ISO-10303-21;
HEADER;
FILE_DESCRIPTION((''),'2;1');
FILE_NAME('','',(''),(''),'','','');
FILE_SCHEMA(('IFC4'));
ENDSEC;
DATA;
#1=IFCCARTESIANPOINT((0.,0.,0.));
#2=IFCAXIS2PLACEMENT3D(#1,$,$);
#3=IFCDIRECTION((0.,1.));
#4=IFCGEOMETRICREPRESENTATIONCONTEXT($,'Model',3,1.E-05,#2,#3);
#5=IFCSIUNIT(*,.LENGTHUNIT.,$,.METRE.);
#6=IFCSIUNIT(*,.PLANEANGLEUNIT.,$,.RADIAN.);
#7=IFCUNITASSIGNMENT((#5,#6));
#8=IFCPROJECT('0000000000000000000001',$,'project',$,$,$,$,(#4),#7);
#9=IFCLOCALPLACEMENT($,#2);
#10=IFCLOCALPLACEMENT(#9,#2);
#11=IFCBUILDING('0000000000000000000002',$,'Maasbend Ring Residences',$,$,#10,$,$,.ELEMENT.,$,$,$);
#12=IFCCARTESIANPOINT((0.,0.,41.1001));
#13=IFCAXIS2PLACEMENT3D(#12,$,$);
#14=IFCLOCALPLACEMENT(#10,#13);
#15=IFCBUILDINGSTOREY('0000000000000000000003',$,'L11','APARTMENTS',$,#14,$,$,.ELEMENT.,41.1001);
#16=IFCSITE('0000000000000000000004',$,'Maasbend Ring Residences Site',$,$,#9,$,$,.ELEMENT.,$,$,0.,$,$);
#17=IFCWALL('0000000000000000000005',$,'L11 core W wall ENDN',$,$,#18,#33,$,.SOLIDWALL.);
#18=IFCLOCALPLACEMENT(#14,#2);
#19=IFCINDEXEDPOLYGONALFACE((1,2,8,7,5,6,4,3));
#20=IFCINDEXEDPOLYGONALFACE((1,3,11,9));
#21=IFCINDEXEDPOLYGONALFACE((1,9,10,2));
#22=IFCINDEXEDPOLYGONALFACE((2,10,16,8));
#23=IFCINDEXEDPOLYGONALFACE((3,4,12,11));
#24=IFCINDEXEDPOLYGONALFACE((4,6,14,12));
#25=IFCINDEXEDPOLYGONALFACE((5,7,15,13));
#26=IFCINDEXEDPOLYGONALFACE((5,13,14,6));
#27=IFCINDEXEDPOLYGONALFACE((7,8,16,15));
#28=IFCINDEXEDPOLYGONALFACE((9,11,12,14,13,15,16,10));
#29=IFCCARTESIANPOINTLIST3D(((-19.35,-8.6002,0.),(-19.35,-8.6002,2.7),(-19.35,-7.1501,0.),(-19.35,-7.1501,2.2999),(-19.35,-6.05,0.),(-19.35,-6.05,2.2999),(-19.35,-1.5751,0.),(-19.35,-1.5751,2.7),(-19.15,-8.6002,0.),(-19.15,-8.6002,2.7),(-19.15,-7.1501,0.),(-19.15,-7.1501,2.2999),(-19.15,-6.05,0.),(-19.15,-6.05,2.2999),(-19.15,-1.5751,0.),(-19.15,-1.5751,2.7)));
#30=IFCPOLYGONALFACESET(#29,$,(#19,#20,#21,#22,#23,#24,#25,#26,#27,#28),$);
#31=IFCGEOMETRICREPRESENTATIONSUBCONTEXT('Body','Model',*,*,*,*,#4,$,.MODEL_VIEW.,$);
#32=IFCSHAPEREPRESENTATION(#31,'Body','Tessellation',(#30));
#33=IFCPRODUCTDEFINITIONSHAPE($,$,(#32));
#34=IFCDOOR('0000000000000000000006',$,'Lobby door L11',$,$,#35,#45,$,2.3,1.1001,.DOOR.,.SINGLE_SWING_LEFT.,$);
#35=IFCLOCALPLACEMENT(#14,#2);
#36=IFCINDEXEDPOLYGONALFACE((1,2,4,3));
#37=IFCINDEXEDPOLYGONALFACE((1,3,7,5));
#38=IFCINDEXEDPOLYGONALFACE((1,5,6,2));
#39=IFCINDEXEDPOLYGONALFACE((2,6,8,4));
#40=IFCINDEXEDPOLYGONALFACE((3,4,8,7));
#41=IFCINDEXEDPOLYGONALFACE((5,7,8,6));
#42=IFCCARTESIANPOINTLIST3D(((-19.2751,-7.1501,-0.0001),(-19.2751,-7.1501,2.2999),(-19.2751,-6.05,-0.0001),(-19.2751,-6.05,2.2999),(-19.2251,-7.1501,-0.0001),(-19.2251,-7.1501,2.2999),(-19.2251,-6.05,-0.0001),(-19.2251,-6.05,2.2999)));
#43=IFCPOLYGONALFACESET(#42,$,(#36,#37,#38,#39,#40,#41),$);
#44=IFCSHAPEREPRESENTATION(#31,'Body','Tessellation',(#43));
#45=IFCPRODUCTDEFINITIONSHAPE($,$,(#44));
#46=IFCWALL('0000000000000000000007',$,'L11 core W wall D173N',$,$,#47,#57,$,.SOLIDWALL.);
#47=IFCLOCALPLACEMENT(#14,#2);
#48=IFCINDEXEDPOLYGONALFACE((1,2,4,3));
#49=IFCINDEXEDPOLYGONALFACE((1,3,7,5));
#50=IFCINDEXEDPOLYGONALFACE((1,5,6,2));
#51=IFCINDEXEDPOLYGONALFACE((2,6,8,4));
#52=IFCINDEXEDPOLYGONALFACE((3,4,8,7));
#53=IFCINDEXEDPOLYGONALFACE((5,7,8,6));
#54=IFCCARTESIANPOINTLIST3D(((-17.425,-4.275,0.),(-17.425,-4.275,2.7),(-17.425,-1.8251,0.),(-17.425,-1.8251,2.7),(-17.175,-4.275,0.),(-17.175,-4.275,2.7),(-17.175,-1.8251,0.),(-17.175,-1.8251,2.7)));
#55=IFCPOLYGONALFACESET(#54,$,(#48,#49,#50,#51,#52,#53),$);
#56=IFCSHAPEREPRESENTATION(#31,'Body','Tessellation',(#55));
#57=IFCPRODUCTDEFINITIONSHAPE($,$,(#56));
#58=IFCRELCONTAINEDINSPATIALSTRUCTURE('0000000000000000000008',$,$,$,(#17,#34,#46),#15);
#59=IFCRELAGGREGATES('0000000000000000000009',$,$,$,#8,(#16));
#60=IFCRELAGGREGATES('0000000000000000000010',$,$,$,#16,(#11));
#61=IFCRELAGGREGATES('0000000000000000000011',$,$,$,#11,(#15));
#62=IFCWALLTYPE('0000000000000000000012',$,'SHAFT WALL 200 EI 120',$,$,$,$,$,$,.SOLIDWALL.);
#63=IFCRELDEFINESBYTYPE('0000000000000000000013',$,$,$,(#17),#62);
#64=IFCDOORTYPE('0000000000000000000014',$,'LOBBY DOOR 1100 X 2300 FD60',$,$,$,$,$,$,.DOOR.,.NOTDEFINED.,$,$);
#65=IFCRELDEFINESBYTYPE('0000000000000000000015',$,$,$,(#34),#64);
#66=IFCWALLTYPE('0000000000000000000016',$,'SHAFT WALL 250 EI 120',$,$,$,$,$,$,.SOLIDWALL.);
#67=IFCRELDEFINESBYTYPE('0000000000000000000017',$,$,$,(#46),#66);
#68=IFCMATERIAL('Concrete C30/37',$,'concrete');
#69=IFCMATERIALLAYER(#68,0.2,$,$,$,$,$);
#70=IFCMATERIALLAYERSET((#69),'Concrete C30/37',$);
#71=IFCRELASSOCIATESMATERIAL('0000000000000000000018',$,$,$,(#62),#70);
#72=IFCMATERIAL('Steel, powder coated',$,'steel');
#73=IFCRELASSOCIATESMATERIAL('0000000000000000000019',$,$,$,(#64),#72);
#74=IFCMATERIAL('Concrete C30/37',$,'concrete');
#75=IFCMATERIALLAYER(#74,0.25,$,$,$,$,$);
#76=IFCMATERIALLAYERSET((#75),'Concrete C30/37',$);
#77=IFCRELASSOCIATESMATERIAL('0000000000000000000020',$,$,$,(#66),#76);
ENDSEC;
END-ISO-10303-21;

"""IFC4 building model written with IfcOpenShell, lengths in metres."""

from ifc_helpers import new_model, si_unit, direction, frame, frame_2d, origin, place, context, subcontext, project, spatial, rectangle, extrude, material, layer, layer_set, type_object, element, fill, save


model = new_model("IFC4")

# Units and contexts
model_context = context("Model", 3, precision=1e-05, world=origin(), true_north=direction((0.0, 1.0)))
body_context = subcontext(model_context, "Body", "Model", "MODEL_VIEW")
ifc_project = project(units=[si_unit("LENGTHUNIT", "METRE"), si_unit("PLANEANGLEUNIT", "RADIAN")], contexts=[model_context])

# Site, building, storey
site_placement = place(None, origin())
site = spatial("IfcSite", under=ifc_project, at=site_placement, Name="Maasbend Ring Residences Site", CompositionType="ELEMENT", RefElevation=0.0)
building_placement = place(site_placement, origin())
building = spatial("IfcBuilding", under=site, at=building_placement, Name="Maasbend Ring Residences", CompositionType="ELEMENT")
storey_placement = place(building_placement, frame((0.0, 0.0, 41.1001)))
storey = spatial("IfcBuildingStorey", under=building, at=storey_placement, Name="L11", Description="APARTMENTS", CompositionType="ELEMENT", Elevation=41.1001)

# Wall, opening, door
ifc_material_1 = material(Name="Concrete C30/37", Category="concrete")
ifc_layer_1 = layer(ifc_material_1, 0.2)
ifc_layer_set_1 = layer_set([ifc_layer_1], Name="Concrete C30/37")
wall_type_1 = type_object("IfcWallType", Name="SHAFT WALL 200 EI 120", PredefinedType="SOLIDWALL", material=ifc_layer_set_1)
wall_1_placement = place(storey_placement, frame((-19.25, -1.575, 0.0), z_axis=(0.0, 0.0, 1.0), x_axis=(0.0, -1.0, 0.0)))
wall_1 = element("IfcWall", 1, at=wall_1_placement, inside=storey, type_object=wall_type_1, Name="L11 core W wall ENDN", PredefinedType="SOLIDWALL", context=body_context, shape_type="SweptSolid", body=[
    extrude(rectangle(XDim=7.0251, YDim=0.2, at=frame_2d((3.5127, 0.0))), origin(), (0.0, 0.0, 1.0), 2.7),
])
opening_1_placement = place(wall_1_placement, frame((4.4751, 0.0, 0.0)))
opening_1 = element("IfcOpeningElement", 2, at=opening_1_placement, cuts=wall_1, PredefinedType="OPENING", context=body_context, shape_type="SweptSolid", body=[
    extrude(rectangle(XDim=1.1001, YDim=2.3, at=frame_2d((0.55, 1.1499))), frame((0.0, 0.1099, 0.0), z_axis=(0.0, -1.0, 0.0), x_axis=(1.0, 0.0, 0.0)), (0.0, 0.0, 1.0), 0.22),
])
ifc_material_2 = material(Name="Steel, powder coated", Category="steel")
door_type_1 = type_object("IfcDoorType", Name="LOBBY DOOR 1100 X 2300 FD60", OperationType="NOTDEFINED", PredefinedType="DOOR", material=ifc_material_2)
door_1_placement = place(opening_1_placement, origin())
door_1 = element("IfcDoor", 3, at=door_1_placement, inside=storey, type_object=door_type_1, Name="Lobby door L11", OperationType="SINGLE_SWING_LEFT", OverallHeight=2.3, OverallWidth=1.1001, PredefinedType="DOOR", context=body_context, shape_type="SweptSolid", body=[
    extrude(rectangle(XDim=1.1001, YDim=2.3, at=frame_2d((0.55, 1.1499))), frame((0.0, 0.0249, 0.0), z_axis=(0.0, -1.0, 0.0), x_axis=(1.0, 0.0, 0.0)), (0.0, 0.0, 1.0), 0.05),
])
fill(opening_1, door_1)

# Wall
ifc_material_3 = material(Name="Concrete C30/37", Category="concrete")
ifc_layer_2 = layer(ifc_material_3, 0.25)
ifc_layer_set_2 = layer_set([ifc_layer_2], Name="Concrete C30/37")
wall_type_2 = type_object("IfcWallType", Name="SHAFT WALL 250 EI 120", PredefinedType="SOLIDWALL", material=ifc_layer_set_2)
wall_2_placement = place(storey_placement, frame((-17.3, -1.825, 0.0), z_axis=(0.0, 0.0, 1.0), x_axis=(0.0, -1.0, 0.0)))
element("IfcWall", 4, at=wall_2_placement, inside=storey, type_object=wall_type_2, Name="L11 core W wall D173N", PredefinedType="SOLIDWALL", context=body_context, shape_type="SweptSolid", body=[
    extrude(rectangle(XDim=2.45, YDim=0.25, at=frame_2d((1.2251, 0.0))), origin(), (0.0, 0.0, 1.0), 2.7),
])

save(model, "model.ifc")
